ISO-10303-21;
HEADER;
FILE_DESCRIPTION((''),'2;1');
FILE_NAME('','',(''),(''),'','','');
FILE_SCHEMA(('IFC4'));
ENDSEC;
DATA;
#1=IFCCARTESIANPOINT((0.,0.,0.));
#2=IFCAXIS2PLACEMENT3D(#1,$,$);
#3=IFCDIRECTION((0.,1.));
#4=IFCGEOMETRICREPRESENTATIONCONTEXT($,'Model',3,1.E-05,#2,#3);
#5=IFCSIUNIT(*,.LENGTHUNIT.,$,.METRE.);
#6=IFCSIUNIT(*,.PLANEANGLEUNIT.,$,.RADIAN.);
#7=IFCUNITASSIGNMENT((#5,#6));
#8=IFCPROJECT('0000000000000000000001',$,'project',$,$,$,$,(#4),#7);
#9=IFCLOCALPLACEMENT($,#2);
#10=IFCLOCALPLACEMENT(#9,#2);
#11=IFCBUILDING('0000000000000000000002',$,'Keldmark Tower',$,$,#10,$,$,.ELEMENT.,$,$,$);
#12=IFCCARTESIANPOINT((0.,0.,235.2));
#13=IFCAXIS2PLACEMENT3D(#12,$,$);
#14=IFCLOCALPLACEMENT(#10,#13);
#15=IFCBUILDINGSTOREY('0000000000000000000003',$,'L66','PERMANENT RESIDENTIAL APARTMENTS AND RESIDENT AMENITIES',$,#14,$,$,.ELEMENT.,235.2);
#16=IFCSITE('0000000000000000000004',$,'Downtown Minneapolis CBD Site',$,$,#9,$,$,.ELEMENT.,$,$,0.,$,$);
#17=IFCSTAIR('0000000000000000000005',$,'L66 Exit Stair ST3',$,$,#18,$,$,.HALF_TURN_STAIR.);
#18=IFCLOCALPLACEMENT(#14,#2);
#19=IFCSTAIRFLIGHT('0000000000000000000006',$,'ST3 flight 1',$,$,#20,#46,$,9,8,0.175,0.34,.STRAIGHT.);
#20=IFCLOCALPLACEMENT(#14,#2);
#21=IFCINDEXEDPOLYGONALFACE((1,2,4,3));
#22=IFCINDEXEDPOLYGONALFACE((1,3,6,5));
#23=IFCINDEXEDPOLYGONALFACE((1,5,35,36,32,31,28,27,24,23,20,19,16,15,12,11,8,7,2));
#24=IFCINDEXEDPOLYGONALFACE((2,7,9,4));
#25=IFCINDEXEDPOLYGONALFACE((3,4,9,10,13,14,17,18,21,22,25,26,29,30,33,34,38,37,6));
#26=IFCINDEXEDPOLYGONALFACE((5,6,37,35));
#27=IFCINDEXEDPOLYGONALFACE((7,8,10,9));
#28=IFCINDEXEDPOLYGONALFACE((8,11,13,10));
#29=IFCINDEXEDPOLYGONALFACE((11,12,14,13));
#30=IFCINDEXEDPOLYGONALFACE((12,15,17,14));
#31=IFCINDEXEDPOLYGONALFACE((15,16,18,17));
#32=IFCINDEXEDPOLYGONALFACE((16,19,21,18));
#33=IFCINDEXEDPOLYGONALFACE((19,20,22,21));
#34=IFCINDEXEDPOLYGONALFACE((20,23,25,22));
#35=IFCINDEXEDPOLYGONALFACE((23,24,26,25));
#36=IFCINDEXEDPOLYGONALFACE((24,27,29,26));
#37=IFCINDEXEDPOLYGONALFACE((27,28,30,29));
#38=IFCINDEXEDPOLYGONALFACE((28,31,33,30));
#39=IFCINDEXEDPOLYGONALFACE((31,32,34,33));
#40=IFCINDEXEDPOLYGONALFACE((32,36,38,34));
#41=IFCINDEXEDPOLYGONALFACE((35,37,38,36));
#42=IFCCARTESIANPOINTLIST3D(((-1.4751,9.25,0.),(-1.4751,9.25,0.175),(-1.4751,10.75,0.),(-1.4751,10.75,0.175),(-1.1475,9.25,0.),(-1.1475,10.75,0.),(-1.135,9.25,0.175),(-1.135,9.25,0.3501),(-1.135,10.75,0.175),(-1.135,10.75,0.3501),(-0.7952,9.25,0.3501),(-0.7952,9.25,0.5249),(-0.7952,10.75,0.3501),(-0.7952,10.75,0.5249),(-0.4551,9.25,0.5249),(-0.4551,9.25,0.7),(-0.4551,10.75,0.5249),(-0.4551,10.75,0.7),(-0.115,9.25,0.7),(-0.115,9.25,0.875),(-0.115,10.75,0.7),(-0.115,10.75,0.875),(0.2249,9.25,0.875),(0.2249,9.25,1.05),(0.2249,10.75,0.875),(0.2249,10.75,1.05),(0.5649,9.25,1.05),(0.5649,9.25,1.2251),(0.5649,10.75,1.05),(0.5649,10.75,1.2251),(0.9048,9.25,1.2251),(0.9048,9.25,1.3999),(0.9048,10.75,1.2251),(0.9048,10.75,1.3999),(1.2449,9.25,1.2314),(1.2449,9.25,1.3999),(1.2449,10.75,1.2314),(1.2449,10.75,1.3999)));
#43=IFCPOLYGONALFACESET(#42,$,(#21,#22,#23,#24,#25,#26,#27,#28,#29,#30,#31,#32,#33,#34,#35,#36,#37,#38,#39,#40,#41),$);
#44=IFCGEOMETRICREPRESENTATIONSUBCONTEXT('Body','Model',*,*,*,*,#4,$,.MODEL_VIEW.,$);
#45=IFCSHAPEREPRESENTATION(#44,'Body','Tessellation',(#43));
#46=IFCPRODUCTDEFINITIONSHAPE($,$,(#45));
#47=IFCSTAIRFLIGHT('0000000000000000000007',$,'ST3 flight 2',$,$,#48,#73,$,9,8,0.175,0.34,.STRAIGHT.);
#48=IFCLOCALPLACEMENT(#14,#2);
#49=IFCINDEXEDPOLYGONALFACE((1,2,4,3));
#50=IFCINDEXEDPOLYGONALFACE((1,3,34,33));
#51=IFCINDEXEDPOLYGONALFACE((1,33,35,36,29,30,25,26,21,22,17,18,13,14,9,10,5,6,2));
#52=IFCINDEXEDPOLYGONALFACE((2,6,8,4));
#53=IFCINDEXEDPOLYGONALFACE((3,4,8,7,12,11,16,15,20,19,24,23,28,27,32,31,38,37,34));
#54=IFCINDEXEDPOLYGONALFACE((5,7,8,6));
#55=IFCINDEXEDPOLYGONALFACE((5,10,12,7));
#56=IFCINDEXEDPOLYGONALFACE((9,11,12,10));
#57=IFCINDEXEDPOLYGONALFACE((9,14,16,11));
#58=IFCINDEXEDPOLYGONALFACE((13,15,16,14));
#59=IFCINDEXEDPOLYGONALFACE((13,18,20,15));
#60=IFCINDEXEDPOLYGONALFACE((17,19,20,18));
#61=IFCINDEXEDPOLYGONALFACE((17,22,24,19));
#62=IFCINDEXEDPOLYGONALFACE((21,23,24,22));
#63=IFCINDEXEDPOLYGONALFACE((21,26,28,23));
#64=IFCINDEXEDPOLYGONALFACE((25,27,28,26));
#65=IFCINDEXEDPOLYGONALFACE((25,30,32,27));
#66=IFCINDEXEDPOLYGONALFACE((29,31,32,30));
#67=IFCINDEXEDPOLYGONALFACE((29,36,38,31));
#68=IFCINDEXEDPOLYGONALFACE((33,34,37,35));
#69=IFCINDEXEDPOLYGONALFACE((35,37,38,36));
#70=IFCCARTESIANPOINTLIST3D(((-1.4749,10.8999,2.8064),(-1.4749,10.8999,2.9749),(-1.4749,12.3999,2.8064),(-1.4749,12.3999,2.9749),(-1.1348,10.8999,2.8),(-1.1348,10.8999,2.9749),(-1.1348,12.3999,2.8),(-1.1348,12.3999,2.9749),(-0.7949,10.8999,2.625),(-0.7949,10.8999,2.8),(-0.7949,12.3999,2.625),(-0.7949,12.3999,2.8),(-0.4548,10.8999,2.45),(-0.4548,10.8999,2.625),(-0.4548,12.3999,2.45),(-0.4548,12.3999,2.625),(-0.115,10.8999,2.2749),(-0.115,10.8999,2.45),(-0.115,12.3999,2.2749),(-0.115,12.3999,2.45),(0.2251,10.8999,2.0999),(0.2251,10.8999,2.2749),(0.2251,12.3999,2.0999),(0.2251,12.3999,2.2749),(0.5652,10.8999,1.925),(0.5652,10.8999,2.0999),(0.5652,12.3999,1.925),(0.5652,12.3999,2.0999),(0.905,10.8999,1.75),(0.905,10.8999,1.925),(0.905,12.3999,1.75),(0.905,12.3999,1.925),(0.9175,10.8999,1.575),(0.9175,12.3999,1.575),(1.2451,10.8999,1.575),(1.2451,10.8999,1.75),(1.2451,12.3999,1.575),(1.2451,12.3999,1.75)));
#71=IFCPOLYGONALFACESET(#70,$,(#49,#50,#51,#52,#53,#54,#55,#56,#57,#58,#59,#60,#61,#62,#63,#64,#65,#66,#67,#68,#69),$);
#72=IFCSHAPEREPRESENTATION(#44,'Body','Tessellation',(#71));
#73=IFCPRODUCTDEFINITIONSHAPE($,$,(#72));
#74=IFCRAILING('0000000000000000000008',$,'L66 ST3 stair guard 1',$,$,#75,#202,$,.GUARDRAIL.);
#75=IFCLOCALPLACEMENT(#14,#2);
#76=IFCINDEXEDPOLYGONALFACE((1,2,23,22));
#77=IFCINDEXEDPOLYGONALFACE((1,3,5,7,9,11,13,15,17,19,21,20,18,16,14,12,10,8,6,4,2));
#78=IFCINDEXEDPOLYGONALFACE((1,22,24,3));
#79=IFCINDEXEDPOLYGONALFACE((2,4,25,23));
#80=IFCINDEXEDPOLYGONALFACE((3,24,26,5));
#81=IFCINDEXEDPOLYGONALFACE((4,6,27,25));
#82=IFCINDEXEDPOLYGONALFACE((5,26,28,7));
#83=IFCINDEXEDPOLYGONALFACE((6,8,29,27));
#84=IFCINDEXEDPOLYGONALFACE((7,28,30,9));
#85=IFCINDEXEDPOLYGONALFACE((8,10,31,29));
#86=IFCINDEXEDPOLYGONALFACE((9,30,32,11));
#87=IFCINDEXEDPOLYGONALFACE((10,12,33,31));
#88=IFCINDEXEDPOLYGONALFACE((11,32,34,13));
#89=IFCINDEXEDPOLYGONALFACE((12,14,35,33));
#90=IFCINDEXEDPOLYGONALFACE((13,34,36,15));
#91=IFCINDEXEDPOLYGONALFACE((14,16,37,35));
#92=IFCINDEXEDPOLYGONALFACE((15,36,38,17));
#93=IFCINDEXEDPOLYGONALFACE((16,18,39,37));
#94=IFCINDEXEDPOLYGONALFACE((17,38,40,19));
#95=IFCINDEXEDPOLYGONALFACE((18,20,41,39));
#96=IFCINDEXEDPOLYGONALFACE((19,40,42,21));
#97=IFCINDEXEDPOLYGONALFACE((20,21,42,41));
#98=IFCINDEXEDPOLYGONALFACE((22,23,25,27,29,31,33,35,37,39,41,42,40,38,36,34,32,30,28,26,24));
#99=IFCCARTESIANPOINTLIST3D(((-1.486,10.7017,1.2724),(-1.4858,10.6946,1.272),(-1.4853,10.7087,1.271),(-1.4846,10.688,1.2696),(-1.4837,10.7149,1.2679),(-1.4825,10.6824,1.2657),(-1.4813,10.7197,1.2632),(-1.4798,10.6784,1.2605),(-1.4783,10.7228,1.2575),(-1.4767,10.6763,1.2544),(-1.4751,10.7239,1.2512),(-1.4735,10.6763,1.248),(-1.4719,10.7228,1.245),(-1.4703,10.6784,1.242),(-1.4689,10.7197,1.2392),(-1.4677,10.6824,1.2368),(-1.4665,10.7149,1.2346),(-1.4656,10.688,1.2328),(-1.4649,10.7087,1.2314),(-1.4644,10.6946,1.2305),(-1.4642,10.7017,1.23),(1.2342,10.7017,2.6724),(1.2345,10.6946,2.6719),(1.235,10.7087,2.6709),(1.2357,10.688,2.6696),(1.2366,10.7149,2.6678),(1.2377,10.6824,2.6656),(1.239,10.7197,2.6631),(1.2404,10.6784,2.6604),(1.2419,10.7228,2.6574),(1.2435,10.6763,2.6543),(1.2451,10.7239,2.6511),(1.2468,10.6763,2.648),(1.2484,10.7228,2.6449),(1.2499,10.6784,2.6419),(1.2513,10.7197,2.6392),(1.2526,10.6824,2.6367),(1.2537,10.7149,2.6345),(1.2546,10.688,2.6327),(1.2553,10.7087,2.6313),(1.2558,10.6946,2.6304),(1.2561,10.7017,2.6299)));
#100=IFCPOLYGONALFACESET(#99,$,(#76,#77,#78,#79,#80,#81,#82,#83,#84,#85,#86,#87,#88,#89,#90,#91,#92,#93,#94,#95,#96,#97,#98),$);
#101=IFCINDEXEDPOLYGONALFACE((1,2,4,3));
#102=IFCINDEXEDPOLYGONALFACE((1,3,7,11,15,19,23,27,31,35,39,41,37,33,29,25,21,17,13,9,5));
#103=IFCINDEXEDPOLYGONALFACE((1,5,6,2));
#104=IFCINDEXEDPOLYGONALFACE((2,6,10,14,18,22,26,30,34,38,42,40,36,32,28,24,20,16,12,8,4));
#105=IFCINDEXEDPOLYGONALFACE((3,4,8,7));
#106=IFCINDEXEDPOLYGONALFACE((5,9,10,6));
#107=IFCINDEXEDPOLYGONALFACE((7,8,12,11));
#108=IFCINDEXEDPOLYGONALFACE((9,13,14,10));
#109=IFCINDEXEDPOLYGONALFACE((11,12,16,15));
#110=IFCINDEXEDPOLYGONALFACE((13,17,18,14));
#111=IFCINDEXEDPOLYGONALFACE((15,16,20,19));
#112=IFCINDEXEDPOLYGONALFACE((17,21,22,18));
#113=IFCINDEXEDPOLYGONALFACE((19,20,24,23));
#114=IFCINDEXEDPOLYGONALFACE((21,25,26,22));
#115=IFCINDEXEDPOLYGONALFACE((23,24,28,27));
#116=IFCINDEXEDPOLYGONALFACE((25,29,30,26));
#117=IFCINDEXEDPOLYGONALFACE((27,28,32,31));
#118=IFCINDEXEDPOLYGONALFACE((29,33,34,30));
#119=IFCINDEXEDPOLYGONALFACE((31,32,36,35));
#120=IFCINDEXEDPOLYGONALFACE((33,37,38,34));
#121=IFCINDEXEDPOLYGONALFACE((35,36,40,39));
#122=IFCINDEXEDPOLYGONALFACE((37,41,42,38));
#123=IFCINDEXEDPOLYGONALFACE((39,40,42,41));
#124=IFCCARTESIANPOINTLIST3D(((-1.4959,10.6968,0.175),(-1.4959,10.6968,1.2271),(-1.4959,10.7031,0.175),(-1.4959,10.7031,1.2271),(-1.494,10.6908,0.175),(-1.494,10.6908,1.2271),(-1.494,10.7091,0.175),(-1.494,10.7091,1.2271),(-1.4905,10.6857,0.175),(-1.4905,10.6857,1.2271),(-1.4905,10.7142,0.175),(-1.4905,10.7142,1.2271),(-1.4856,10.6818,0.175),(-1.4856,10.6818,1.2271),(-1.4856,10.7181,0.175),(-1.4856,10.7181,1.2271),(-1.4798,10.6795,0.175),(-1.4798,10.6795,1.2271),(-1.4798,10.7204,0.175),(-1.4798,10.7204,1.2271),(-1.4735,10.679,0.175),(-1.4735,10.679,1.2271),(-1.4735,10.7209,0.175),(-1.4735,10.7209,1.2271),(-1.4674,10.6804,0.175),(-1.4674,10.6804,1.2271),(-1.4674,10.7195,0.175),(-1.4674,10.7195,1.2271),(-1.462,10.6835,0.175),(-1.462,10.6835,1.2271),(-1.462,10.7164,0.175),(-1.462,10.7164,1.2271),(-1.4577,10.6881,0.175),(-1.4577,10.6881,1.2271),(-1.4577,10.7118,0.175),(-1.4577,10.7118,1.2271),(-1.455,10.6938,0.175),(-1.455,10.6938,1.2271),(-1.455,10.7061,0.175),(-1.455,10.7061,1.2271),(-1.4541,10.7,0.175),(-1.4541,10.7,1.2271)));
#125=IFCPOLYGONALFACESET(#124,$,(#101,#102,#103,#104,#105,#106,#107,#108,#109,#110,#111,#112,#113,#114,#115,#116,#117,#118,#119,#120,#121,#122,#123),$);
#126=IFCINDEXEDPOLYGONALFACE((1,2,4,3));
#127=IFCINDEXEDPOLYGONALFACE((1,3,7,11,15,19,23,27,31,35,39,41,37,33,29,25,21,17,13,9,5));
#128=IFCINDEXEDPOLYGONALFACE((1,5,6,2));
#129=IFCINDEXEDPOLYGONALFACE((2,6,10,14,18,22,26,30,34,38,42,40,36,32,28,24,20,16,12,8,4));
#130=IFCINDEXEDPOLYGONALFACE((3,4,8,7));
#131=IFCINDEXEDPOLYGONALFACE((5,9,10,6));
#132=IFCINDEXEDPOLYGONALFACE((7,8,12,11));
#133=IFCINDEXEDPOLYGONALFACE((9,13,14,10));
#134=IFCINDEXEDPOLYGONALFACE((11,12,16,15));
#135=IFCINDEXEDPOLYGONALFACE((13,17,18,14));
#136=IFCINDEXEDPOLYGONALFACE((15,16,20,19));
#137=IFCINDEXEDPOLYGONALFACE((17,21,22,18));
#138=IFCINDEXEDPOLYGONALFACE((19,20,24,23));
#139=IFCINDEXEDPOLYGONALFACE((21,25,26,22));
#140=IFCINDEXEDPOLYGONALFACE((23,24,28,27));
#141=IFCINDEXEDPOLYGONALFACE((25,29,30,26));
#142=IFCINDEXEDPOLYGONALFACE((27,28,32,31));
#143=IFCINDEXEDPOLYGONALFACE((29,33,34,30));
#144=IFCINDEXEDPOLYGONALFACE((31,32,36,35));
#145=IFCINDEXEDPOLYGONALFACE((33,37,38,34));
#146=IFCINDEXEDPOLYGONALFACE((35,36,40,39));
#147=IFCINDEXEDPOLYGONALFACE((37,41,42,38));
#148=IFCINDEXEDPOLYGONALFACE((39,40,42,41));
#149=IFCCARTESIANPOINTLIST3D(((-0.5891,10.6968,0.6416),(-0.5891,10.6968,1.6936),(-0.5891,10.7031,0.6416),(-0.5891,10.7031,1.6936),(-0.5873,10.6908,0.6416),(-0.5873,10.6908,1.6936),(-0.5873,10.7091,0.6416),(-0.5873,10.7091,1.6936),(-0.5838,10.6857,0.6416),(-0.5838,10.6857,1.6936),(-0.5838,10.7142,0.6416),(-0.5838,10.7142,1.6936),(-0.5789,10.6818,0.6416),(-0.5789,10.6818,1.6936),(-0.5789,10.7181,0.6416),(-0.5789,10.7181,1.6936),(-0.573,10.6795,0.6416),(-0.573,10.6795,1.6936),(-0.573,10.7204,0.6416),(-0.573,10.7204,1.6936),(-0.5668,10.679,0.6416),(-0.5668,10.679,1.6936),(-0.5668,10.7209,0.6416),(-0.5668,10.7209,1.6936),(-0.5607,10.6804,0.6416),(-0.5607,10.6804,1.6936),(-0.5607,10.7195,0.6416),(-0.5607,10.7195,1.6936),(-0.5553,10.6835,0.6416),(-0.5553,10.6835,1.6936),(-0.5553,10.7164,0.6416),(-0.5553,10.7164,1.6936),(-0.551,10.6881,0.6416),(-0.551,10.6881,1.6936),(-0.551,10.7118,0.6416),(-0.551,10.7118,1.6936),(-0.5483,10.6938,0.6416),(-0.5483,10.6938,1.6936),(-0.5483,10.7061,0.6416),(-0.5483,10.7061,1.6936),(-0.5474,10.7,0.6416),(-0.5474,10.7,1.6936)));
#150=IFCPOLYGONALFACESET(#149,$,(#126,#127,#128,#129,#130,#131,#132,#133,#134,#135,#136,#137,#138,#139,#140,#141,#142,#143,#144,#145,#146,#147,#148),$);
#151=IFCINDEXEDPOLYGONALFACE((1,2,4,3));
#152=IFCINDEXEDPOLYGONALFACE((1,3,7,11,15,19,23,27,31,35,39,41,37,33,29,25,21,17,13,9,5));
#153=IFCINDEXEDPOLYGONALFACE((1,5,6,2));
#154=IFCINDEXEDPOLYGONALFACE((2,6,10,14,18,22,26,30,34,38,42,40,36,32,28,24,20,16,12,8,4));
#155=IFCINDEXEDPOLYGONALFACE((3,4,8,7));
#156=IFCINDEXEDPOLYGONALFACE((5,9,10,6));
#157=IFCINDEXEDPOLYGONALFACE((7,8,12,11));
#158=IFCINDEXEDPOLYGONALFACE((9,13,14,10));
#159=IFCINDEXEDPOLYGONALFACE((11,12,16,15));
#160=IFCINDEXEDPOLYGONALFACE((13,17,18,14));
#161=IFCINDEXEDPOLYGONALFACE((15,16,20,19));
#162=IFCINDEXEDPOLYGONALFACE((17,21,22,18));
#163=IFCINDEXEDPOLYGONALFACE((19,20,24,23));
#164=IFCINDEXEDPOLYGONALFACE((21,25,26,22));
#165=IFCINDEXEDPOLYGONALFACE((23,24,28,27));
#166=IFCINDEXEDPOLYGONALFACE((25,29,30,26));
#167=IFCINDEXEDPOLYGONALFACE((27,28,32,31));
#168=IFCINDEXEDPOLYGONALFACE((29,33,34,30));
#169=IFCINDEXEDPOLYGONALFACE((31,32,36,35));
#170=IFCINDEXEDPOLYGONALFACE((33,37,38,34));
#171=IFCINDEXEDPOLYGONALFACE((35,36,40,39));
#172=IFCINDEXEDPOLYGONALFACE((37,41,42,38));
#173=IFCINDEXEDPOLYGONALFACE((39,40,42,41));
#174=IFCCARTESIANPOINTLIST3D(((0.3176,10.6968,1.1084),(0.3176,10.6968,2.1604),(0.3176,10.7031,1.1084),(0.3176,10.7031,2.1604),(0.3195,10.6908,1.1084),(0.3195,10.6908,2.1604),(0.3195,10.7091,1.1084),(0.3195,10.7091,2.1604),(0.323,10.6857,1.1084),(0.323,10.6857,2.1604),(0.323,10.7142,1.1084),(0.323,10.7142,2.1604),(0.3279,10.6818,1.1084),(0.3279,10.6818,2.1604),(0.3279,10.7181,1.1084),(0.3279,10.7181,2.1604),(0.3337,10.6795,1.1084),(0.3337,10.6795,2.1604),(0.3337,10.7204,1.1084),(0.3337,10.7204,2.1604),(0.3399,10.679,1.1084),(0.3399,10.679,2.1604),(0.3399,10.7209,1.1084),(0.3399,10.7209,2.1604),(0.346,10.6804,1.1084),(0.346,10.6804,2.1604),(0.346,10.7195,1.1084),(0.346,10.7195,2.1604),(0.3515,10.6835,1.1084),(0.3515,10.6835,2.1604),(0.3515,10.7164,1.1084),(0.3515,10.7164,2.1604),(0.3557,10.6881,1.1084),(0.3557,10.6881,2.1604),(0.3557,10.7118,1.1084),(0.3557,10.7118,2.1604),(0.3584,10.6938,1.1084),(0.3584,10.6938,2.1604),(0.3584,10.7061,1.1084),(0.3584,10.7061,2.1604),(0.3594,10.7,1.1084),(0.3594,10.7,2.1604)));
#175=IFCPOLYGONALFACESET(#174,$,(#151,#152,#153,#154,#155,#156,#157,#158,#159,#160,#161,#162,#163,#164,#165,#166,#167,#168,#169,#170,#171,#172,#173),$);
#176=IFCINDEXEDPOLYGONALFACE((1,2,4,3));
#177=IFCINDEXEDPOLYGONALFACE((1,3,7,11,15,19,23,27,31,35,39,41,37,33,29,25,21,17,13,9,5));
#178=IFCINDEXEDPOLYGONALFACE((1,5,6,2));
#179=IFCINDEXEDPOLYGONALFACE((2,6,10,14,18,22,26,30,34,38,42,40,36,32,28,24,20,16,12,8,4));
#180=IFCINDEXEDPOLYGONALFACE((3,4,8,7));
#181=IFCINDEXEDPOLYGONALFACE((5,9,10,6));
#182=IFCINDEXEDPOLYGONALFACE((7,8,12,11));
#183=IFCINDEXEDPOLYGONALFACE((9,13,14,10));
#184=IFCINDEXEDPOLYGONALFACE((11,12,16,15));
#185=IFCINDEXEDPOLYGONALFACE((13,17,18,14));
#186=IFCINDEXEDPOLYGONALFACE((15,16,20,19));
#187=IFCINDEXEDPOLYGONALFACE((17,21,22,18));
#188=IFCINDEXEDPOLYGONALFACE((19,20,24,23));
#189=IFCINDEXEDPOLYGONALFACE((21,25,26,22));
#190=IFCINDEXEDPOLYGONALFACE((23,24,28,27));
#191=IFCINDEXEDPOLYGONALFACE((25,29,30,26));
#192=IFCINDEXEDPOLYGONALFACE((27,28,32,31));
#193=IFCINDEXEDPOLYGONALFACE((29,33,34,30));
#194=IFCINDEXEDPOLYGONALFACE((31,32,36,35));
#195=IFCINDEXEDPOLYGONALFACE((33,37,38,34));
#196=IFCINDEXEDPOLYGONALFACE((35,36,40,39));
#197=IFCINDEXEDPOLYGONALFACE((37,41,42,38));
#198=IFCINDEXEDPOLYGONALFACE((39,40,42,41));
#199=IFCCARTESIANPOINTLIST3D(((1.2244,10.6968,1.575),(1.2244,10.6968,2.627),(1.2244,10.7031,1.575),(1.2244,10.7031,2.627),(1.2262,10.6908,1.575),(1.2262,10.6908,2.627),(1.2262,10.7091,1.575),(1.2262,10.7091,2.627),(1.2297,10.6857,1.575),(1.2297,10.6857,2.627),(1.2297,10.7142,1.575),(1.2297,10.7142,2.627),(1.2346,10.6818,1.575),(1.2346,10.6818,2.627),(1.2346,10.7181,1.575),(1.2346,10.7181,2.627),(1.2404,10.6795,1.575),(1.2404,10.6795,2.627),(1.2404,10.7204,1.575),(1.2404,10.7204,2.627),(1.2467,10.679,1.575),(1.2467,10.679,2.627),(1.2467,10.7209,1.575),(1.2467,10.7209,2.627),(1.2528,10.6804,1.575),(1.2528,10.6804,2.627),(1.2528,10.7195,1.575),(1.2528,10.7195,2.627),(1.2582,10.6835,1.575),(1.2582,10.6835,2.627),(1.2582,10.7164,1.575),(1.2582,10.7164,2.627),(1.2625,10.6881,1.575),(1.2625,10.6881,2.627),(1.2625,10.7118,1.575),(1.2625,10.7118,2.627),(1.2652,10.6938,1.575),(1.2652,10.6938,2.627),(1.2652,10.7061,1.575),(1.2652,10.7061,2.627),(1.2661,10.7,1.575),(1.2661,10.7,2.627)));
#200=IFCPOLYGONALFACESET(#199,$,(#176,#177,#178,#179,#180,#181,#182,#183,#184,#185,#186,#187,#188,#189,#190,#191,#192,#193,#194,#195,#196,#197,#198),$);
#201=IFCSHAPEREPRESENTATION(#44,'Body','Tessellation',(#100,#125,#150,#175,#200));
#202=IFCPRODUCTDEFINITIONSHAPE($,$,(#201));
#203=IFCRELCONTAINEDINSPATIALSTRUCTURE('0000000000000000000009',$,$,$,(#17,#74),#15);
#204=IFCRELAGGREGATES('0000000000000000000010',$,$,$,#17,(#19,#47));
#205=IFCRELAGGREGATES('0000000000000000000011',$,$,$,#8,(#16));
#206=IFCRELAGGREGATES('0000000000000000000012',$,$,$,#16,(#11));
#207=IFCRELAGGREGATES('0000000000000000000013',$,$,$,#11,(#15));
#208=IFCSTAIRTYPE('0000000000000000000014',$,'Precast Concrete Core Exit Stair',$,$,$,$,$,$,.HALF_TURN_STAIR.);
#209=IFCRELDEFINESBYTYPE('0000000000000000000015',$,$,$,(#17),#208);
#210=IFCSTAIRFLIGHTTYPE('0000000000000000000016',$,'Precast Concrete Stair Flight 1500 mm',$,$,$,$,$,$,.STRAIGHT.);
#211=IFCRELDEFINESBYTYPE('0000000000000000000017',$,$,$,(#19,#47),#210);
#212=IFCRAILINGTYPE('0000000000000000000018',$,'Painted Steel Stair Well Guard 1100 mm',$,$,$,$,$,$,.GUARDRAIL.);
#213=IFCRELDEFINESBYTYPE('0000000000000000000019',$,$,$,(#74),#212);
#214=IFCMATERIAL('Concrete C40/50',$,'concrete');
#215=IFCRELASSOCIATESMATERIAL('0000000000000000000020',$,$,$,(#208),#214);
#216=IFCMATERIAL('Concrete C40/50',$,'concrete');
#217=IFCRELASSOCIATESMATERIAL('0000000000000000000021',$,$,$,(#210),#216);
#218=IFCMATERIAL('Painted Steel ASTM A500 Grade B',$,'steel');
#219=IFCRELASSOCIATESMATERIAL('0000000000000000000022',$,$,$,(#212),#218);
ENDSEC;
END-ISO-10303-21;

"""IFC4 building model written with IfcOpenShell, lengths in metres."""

from ifc_helpers import new_model, si_unit, direction, frame, origin, origin_2d, place, context, subcontext, project, spatial, polyline, circle, outline, extrude, material, type_object, element, aggregate, save


model = new_model("IFC4")

# Units and contexts
model_context = context("Model", 3, precision=1e-05, world=origin(), true_north=direction((0.0, 1.0)))
body_context = subcontext(model_context, "Body", "Model", "MODEL_VIEW")
ifc_project = project(units=[si_unit("LENGTHUNIT", "METRE"), si_unit("PLANEANGLEUNIT", "RADIAN")], contexts=[model_context])

# Site, building, storey
site_placement = place(None, origin())
site = spatial("IfcSite", under=ifc_project, at=site_placement, Name="Downtown Minneapolis CBD Site", CompositionType="ELEMENT", RefElevation=0.0)
building_placement = place(site_placement, origin())
building = spatial("IfcBuilding", under=site, at=building_placement, Name="Keldmark Tower", CompositionType="ELEMENT")
storey_placement = place(building_placement, frame((0.0, 0.0, 235.2)))
storey = spatial("IfcBuildingStorey", under=building, at=storey_placement, Name="L66", Description="PERMANENT RESIDENTIAL APARTMENTS AND RESIDENT AMENITIES", CompositionType="ELEMENT", Elevation=235.2)

# Stair, stair flights
ifc_material_1 = material(Name="Concrete C40/50", Category="concrete")
stair_type = type_object("IfcStairType", Name="Precast Concrete Core Exit Stair", PredefinedType="HALF_TURN_STAIR", material=ifc_material_1)
stair_placement = place(storey_placement, origin())
stair = element("IfcStair", 1, at=stair_placement, inside=storey, type_object=stair_type, Name="L66 Exit Stair ST3", PredefinedType="HALF_TURN_STAIR")
ifc_material_2 = material(Name="Concrete C40/50", Category="concrete")
stair_flight_type = type_object("IfcStairFlightType", Name="Precast Concrete Stair Flight 1500 mm", PredefinedType="STRAIGHT", material=ifc_material_2)
stair_flight_1_placement = place(storey_placement, frame((-1.4751, 10.0, 0.0), z_axis=(0.0, 0.0, 1.0), x_axis=(1.0, 0.0, 0.0)))
stair_flight_1 = element("IfcStairFlight", 2, at=stair_flight_1_placement, type_object=stair_flight_type, Name="ST3 flight 1", NumberOfRisers=9, NumberOfTreads=8, PredefinedType="STRAIGHT", RiserHeight=0.175, TreadLength=0.34, context=body_context, shape_type="SweptSolid", body=[
    extrude(outline(polyline([(0.0, 0.0), (0.0, 0.175), (0.3401, 0.175), (0.3401, 0.3501), (0.6799, 0.3501), (0.6799, 0.5249), (1.02, 0.5249), (1.02, 0.7), (1.3601, 0.7), (1.3601, 0.875), (1.7, 0.875), (1.7, 1.05), (2.04, 1.05), (2.04, 1.2251), (2.3799, 1.2251), (2.3799, 1.3999), (2.72, 1.3999), (2.72, 1.575), (2.72, 1.2314), (0.3276, 0.0), (0.0, 0.0)])), frame((0.0, 0.75, 0.0), z_axis=(0.0, -1.0, 0.0), x_axis=(1.0, 0.0, 0.0)), (0.0, 0.0, 1.0), 1.5),
])
stair_flight_2_placement = place(storey_placement, frame((1.2451, 11.6499, 1.575), z_axis=(0.0, 0.0, 1.0), x_axis=(-1.0, 0.0, 0.0)))
stair_flight_2 = element("IfcStairFlight", 3, at=stair_flight_2_placement, type_object=stair_flight_type, Name="ST3 flight 2", NumberOfRisers=9, NumberOfTreads=8, PredefinedType="STRAIGHT", RiserHeight=0.175, TreadLength=0.34, context=body_context, shape_type="SweptSolid", body=[
    extrude(outline(polyline([(0.0, 0.0), (0.0, 0.175), (0.3401, 0.175), (0.3401, 0.3501), (0.6799, 0.3501), (0.6799, 0.5249), (1.02, 0.5249), (1.02, 0.7), (1.3601, 0.7), (1.3601, 0.875), (1.7, 0.875), (1.7, 1.05), (2.04, 1.05), (2.04, 1.2251), (2.3799, 1.2251), (2.3799, 1.3999), (2.72, 1.3999), (2.72, 1.575), (2.72, 1.2314), (0.3276, 0.0), (0.0, 0.0)])), frame((0.0, 0.75, 0.0), z_axis=(0.0, -1.0, 0.0), x_axis=(1.0, 0.0, 0.0)), (0.0, 0.0, 1.0), 1.5),
])
aggregate(stair, [stair_flight_1, stair_flight_2])

# Railing
ifc_material_3 = material(Name="Painted Steel ASTM A500 Grade B", Category="steel")
railing_type_1 = type_object("IfcRailingType", Name="Painted Steel Stair Well Guard 1100 mm", PredefinedType="GUARDRAIL", material=ifc_material_3)
railing_1_placement = place(storey_placement, frame((-1.4751, 10.7, 0.175)))
element("IfcRailing", 4, at=railing_1_placement, inside=storey, type_object=railing_type_1, Name="L66 ST3 stair guard 1", PredefinedType="GUARDRAIL", context=body_context, shape_type="SweptSolid", body=[
    extrude(circle(Radius=0.0239, at=origin_2d()), frame((0.0, 0.0, 1.0762), z_axis=(0.889164, 0.0, 0.45759), x_axis=(0.0, 1.0, 0.0)), (0.0, 0.0, 1.0), 3.0593),
    extrude(circle(Radius=0.021, at=origin_2d()), origin(), (0.0, 0.0, 1.0), 1.052),
    extrude(circle(Radius=0.021, at=origin_2d()), frame((0.9067, 0.0, 0.4666)), (0.0, 0.0, 1.0), 1.052),
    extrude(circle(Radius=0.021, at=origin_2d()), frame((1.8135, 0.0, 0.9333)), (0.0, 0.0, 1.0), 1.052),
    extrude(circle(Radius=0.021, at=origin_2d()), frame((2.7202, 0.0, 1.3999)), (0.0, 0.0, 1.0), 1.052),
])

save(model, "model.ifc")
